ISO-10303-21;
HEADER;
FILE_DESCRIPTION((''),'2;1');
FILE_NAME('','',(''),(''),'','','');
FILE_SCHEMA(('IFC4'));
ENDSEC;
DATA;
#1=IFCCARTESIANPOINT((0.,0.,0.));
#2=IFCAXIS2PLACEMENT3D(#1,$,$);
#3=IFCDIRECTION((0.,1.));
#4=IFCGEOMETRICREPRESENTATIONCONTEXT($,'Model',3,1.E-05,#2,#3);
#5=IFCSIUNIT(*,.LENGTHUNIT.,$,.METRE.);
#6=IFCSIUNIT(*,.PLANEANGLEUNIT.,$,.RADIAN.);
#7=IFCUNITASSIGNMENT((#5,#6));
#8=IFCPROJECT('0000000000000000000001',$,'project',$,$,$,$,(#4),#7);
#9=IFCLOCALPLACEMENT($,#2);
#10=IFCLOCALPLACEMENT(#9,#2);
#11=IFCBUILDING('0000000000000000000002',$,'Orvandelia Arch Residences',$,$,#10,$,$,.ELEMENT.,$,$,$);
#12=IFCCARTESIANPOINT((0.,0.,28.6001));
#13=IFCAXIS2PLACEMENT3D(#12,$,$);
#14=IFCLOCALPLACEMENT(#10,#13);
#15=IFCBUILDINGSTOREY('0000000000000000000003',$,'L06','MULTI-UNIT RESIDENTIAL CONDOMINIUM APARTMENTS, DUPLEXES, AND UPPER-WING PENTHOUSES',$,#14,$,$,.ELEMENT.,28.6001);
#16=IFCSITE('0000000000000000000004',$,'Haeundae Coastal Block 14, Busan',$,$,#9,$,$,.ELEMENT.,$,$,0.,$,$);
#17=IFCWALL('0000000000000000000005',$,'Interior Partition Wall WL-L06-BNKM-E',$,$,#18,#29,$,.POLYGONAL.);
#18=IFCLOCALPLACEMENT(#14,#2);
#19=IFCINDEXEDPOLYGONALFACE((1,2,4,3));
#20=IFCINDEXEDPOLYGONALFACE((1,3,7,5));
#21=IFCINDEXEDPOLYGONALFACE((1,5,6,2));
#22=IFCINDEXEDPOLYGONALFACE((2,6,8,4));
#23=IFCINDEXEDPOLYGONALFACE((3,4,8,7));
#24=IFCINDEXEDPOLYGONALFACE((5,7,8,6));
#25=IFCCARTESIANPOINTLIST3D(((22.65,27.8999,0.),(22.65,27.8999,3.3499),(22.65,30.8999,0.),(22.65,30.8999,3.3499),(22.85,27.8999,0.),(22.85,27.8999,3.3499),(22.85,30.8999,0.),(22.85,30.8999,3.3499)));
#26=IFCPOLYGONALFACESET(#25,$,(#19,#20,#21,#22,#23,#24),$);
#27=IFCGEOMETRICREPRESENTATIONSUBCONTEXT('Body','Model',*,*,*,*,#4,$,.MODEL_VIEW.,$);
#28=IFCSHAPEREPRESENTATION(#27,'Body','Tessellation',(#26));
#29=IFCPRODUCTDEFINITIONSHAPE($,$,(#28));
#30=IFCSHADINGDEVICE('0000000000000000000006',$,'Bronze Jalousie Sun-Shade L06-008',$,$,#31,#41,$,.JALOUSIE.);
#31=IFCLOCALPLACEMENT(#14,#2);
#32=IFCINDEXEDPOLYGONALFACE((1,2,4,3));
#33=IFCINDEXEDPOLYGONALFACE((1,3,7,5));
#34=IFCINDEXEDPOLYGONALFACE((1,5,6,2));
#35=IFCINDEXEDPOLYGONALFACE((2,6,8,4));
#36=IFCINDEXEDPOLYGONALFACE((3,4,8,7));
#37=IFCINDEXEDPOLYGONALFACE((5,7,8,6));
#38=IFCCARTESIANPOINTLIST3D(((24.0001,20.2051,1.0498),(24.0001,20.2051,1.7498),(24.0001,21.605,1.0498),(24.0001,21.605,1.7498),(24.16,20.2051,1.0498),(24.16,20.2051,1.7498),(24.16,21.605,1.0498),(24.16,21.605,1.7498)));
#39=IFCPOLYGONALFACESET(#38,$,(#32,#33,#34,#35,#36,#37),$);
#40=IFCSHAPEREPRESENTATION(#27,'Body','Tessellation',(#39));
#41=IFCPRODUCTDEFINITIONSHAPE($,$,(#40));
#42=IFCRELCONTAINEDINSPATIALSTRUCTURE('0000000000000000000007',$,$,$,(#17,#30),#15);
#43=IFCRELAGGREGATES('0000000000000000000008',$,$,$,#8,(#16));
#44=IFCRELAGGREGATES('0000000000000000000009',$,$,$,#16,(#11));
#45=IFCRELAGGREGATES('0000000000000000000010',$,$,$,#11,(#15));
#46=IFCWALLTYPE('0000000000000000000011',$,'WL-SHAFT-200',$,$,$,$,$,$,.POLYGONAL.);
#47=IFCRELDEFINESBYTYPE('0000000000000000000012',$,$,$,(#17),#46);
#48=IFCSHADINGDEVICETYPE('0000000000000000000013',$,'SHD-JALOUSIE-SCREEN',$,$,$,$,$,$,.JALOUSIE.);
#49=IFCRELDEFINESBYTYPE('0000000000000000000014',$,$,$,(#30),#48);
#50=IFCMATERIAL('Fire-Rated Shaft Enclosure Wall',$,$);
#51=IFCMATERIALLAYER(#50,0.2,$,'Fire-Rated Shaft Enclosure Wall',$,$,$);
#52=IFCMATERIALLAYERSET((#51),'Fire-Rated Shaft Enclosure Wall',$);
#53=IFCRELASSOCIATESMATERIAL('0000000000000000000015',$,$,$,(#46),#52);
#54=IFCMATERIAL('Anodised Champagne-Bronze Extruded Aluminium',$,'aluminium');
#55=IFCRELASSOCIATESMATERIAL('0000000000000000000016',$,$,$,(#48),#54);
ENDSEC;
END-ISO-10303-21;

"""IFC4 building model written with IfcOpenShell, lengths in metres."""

from ifc_helpers import new_model, si_unit, direction, frame, frame_2d, origin, origin_2d, place, context, subcontext, project, spatial, rectangle, extrude, material, layer, layer_set, type_object, element, save


model = new_model("IFC4")

# Units and contexts
model_context = context("Model", 3, precision=1e-05, world=origin(), true_north=direction((0.0, 1.0)))
body_context = subcontext(model_context, "Body", "Model", "MODEL_VIEW")
ifc_project = project(units=[si_unit("LENGTHUNIT", "METRE"), si_unit("PLANEANGLEUNIT", "RADIAN")], contexts=[model_context])

# Site, building, storey
site_placement = place(None, origin())
site = spatial("IfcSite", under=ifc_project, at=site_placement, Name="Haeundae Coastal Block 14, Busan", CompositionType="ELEMENT", RefElevation=0.0)
building_placement = place(site_placement, origin())
building = spatial("IfcBuilding", under=site, at=building_placement, Name="Orvandelia Arch Residences", CompositionType="ELEMENT")
storey_placement = place(building_placement, frame((0.0, 0.0, 28.6001)))
storey = spatial("IfcBuildingStorey", under=building, at=storey_placement, Name="L06", Description="MULTI-UNIT RESIDENTIAL CONDOMINIUM APARTMENTS, DUPLEXES, AND UPPER-WING PENTHOUSES", CompositionType="ELEMENT", Elevation=28.6001)

# Wall
ifc_material_1 = material(Name="Fire-Rated Shaft Enclosure Wall")
ifc_layer_1 = layer(ifc_material_1, 0.2, Name="Fire-Rated Shaft Enclosure Wall")
ifc_layer_set_1 = layer_set([ifc_layer_1], Name="Fire-Rated Shaft Enclosure Wall")
wall_type_1 = type_object("IfcWallType", Name="WL-SHAFT-200", PredefinedType="POLYGONAL", material=ifc_layer_set_1)
wall_1_placement = place(storey_placement, frame((22.75, 27.8999, 0.0), z_axis=(0.0, 0.0, 1.0), x_axis=(0.0, 1.0, 0.0)))
element("IfcWall", 1, at=wall_1_placement, inside=storey, type_object=wall_type_1, Name="Interior Partition Wall WL-L06-BNKM-E", PredefinedType="POLYGONAL", context=body_context, shape_type="SweptSolid", body=[
    extrude(rectangle(XDim=3.0, YDim=0.2, at=frame_2d((1.5, 0.0))), origin(), (0.0, 0.0, 1.0), 3.3499),
])

# Shading device
ifc_material_2 = material(Name="Anodised Champagne-Bronze Extruded Aluminium", Category="aluminium")
shading_device_type = type_object("IfcShadingDeviceType", Name="SHD-JALOUSIE-SCREEN", PredefinedType="JALOUSIE", material=ifc_material_2)
shading_device_placement = place(storey_placement, frame((24.0801, 20.905, 1.0498), z_axis=(0.0, 0.0, 1.0), x_axis=(0.0, -1.0, 0.0)))
element("IfcShadingDevice", 2, at=shading_device_placement, inside=storey, type_object=shading_device_type, Name="Bronze Jalousie Sun-Shade L06-008", PredefinedType="JALOUSIE", context=body_context, shape_type="SweptSolid", body=[
    extrude(rectangle(XDim=1.3999, YDim=0.1599, at=origin_2d()), origin(), (0.0, 0.0, 1.0), 0.7),
])

save(model, "model.ifc")
